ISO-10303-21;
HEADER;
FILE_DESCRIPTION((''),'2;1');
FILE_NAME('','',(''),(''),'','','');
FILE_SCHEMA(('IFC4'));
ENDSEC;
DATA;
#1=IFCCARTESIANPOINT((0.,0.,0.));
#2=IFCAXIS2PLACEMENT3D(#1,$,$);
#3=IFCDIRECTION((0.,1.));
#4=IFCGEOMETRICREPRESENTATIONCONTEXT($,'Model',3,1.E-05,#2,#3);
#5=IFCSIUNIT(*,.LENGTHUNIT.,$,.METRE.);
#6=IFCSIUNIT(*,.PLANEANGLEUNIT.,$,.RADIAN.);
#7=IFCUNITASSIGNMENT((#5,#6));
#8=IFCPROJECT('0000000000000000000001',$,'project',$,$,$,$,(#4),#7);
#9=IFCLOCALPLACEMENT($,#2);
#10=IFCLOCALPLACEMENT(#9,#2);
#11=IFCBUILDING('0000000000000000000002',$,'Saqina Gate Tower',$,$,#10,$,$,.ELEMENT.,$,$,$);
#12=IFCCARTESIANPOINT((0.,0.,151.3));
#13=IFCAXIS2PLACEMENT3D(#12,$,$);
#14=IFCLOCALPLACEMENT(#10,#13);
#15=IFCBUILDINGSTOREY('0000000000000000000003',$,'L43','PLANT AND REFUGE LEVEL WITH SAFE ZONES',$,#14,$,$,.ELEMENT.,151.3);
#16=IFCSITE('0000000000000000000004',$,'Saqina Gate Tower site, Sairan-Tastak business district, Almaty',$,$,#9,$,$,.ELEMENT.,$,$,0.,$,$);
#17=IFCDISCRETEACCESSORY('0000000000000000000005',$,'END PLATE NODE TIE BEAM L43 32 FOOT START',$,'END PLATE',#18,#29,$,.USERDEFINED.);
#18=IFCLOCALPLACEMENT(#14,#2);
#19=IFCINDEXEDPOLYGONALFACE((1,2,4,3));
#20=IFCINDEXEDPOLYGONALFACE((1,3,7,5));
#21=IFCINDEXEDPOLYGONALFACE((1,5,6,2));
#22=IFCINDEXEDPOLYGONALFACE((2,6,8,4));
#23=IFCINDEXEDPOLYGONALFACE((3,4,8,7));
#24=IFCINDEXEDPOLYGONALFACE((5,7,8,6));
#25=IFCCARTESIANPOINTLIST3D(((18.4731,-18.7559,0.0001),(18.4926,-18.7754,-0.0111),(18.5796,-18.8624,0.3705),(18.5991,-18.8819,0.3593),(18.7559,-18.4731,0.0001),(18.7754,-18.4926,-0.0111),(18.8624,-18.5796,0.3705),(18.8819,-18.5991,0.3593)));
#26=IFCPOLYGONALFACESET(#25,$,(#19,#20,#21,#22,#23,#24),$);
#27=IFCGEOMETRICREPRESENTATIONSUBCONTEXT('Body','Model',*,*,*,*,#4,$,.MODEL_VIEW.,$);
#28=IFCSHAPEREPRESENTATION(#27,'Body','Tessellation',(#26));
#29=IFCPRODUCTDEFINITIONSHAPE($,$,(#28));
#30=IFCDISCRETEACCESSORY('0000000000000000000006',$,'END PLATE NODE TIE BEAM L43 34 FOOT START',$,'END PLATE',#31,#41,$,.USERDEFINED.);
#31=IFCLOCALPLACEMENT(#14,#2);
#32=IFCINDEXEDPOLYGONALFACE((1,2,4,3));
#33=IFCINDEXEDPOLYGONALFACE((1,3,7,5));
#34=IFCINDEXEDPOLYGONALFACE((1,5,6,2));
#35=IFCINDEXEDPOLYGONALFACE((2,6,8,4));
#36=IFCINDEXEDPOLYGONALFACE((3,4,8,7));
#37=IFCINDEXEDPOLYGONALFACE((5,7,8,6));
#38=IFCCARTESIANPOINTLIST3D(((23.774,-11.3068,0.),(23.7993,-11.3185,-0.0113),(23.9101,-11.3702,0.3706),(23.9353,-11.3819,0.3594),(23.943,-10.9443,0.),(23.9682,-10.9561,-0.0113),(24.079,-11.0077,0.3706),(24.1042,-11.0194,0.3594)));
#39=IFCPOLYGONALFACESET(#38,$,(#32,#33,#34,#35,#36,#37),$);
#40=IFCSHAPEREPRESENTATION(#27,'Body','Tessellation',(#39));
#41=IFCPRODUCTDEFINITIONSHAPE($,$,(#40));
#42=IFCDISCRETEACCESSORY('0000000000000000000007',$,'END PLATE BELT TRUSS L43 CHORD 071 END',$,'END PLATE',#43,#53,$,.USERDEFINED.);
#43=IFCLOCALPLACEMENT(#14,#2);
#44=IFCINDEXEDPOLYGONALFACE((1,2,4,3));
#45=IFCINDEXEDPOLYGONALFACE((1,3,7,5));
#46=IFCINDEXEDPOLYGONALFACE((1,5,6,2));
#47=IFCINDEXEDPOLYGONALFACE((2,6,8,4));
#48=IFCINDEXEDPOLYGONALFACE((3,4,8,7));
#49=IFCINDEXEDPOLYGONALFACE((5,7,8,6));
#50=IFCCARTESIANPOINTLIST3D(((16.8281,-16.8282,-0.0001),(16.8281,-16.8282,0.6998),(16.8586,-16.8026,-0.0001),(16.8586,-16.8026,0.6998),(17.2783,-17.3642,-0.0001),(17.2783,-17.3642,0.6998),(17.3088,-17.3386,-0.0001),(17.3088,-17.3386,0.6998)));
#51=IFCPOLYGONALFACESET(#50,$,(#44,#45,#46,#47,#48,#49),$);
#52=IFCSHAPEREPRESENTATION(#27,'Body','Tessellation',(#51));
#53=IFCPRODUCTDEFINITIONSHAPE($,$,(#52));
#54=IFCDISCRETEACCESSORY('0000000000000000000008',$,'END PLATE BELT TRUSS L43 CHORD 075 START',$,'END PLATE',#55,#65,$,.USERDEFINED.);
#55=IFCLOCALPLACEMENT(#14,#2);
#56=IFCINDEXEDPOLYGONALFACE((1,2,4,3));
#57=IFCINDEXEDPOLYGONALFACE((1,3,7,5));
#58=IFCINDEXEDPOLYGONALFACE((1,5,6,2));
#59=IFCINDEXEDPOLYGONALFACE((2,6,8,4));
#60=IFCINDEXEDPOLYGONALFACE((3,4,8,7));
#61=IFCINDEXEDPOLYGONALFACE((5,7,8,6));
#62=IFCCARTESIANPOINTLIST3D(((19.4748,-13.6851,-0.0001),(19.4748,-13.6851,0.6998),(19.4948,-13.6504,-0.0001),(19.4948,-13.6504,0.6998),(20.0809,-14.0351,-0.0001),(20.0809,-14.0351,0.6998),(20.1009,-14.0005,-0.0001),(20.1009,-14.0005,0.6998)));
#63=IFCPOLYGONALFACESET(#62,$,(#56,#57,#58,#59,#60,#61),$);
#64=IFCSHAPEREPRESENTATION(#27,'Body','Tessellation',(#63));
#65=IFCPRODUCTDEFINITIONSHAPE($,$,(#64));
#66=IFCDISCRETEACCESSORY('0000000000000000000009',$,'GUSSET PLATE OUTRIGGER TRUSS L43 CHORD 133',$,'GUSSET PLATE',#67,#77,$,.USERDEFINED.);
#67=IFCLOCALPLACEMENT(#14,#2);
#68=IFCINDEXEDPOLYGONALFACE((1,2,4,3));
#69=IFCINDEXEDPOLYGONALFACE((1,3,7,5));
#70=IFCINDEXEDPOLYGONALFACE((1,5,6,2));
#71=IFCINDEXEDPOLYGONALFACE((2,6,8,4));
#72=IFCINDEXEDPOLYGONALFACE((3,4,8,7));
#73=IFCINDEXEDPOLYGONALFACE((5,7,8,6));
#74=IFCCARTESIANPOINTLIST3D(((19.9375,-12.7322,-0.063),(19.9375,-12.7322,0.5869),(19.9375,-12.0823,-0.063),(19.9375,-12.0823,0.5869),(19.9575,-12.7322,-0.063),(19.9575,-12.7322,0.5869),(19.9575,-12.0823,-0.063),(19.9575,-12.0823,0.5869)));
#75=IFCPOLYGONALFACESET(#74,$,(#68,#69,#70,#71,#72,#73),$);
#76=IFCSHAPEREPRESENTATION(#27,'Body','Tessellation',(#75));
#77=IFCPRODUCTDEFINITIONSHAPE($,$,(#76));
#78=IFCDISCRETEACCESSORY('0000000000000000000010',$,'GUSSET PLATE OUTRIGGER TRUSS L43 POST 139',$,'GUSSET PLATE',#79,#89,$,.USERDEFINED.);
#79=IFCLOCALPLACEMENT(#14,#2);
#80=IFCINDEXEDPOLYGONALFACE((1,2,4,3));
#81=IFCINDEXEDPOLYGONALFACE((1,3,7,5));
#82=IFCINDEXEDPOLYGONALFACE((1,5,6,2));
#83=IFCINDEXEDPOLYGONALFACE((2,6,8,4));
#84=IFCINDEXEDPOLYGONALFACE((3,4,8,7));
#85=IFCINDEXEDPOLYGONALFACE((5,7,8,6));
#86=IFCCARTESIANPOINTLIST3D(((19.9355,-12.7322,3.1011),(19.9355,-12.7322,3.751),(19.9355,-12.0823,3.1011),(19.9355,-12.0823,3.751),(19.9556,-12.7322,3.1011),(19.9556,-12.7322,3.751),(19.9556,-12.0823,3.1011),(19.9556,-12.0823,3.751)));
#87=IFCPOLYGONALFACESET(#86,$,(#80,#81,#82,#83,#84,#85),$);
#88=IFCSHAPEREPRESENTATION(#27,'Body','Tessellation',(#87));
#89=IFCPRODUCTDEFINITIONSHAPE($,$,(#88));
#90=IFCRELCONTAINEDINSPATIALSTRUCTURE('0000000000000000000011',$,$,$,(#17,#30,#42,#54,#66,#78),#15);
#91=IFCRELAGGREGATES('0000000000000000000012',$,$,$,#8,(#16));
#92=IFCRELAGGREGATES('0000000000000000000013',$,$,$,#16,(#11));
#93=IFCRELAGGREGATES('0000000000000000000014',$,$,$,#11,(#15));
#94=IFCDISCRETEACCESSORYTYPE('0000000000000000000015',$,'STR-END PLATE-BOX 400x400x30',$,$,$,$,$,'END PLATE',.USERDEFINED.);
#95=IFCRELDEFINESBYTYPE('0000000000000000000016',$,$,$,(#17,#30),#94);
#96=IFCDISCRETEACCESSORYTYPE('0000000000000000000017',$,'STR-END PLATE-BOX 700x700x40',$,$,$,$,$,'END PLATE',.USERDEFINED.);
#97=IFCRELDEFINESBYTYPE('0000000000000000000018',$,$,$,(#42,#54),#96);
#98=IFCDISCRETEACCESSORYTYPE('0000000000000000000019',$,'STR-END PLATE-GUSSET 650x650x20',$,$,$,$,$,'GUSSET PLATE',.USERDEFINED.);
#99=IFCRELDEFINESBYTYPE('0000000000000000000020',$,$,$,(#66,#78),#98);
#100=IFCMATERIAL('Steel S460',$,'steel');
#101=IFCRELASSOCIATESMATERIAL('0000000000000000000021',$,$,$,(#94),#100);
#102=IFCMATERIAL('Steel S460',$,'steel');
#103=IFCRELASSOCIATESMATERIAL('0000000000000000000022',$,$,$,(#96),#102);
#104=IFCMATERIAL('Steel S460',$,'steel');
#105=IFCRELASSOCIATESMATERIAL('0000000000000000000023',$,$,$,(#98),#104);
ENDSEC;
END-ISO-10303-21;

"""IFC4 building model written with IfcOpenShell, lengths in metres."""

from ifc_helpers import new_model, si_unit, direction, frame, origin, origin_2d, place, context, subcontext, project, spatial, rectangle, extrude, material, material_profile, profile_set, type_object, element, save


model = new_model("IFC4")

# Units and contexts
model_context = context("Model", 3, precision=1e-05, world=origin(), true_north=direction((0.0, 1.0)))
body_context = subcontext(model_context, "Body", "Model", "MODEL_VIEW")
ifc_project = project(units=[si_unit("LENGTHUNIT", "METRE"), si_unit("PLANEANGLEUNIT", "RADIAN")], contexts=[model_context])

# Site, building, storey
site_placement = place(None, origin())
site = spatial("IfcSite", under=ifc_project, at=site_placement, Name="Saqina Gate Tower site, Sairan-Tastak business district, Almaty", CompositionType="ELEMENT", RefElevation=0.0)
building_placement = place(site_placement, origin())
building = spatial("IfcBuilding", under=site, at=building_placement, Name="Saqina Gate Tower", CompositionType="ELEMENT")
storey_placement = place(building_placement, frame((0.0, 0.0, 151.3)))
storey = spatial("IfcBuildingStorey", under=building, at=storey_placement, Name="L43", Description="PLANT AND REFUGE LEVEL WITH SAFE ZONES", CompositionType="ELEMENT", Elevation=151.3)

# Discrete accessories
ifc_material_1 = material(Name="Steel S460", Category="steel")
ifc_material_profile_1 = material_profile(ifc_material_1, rectangle(XDim=0.3999, YDim=0.3999, at=origin_2d()), Name="STR-END PLATE-BOX 400x400x30")
ifc_profile_set_1 = profile_set([ifc_material_profile_1], Name="Steel S460")
discrete_accessory_type_1 = type_object("IfcDiscreteAccessoryType", Name="STR-END PLATE-BOX 400x400x30", ElementType="END PLATE", PredefinedType="USERDEFINED", material=ifc_profile_set_1)
discrete_accessory_1_placement = place(storey_placement, frame((18.6677, -18.6677, 0.1853), z_axis=(0.655034, -0.655034, -0.376645), x_axis=(-0.707107, -0.707107, 0.0)))
element("IfcDiscreteAccessory", 1, at=discrete_accessory_1_placement, inside=storey, type_object=discrete_accessory_type_1, Name="END PLATE NODE TIE BEAM L43 32 FOOT START", ObjectType="END PLATE", PredefinedType="USERDEFINED", context=body_context, shape_type="SweptSolid", body=[
    extrude(rectangle(XDim=0.3999, YDim=0.3999, at=origin_2d()), origin(), (0.0, 0.0, 1.0), 0.0298),
])
discrete_accessory_2_placement = place(storey_placement, frame((23.9265, -11.1572, 0.1853), z_axis=(0.84018, -0.39154, -0.375226), x_axis=(-0.422404, -0.906408, -0.000001)))
element("IfcDiscreteAccessory", 2, at=discrete_accessory_2_placement, inside=storey, type_object=discrete_accessory_type_1, Name="END PLATE NODE TIE BEAM L43 34 FOOT START", ObjectType="END PLATE", PredefinedType="USERDEFINED", context=body_context, shape_type="SweptSolid", body=[
    extrude(rectangle(XDim=0.3999, YDim=0.3999, at=origin_2d()), origin(), (0.0, 0.0, 1.0), 0.03),
])
ifc_material_2 = material(Name="Steel S460", Category="steel")
ifc_material_profile_2 = material_profile(ifc_material_2, rectangle(XDim=0.7, YDim=0.7, at=origin_2d()), Name="STR-END PLATE-BOX 700x700x40")
ifc_profile_set_2 = profile_set([ifc_material_profile_2], Name="Steel S460")
discrete_accessory_type_2 = type_object("IfcDiscreteAccessoryType", Name="STR-END PLATE-BOX 700x700x40", ElementType="END PLATE", PredefinedType="USERDEFINED", material=ifc_profile_set_2)
discrete_accessory_3_placement = place(storey_placement, frame((17.0532, -17.0962, 0.3499), z_axis=(0.765705, 0.643192, 0.0), x_axis=(-0.643192, 0.765705, 0.0)))
element("IfcDiscreteAccessory", 3, at=discrete_accessory_3_placement, inside=storey, type_object=discrete_accessory_type_2, Name="END PLATE BELT TRUSS L43 CHORD 071 END", ObjectType="END PLATE", PredefinedType="USERDEFINED", context=body_context, shape_type="SweptSolid", body=[
    extrude(rectangle(XDim=0.7, YDim=0.7, at=origin_2d()), origin(), (0.0, 0.0, 1.0), 0.0398),
])
discrete_accessory_4_placement = place(storey_placement, frame((19.7979, -13.8254, 0.3499), z_axis=(-0.500074, -0.865982, 0.0), x_axis=(-0.865982, 0.500074, 0.0)))
element("IfcDiscreteAccessory", 4, at=discrete_accessory_4_placement, inside=storey, type_object=discrete_accessory_type_2, Name="END PLATE BELT TRUSS L43 CHORD 075 START", ObjectType="END PLATE", PredefinedType="USERDEFINED", context=body_context, shape_type="SweptSolid", body=[
    extrude(rectangle(XDim=0.7, YDim=0.7, at=origin_2d()), origin(), (0.0, 0.0, 1.0), 0.04),
])
ifc_material_3 = material(Name="Steel S460", Category="steel")
ifc_material_profile_3 = material_profile(ifc_material_3, rectangle(XDim=0.6499, YDim=0.6499, at=origin_2d()), Name="STR-END PLATE-GUSSET 650x650x20")
ifc_profile_set_3 = profile_set([ifc_material_profile_3], Name="Steel S460")
discrete_accessory_type_3 = type_object("IfcDiscreteAccessoryType", Name="STR-END PLATE-GUSSET 650x650x20", ElementType="GUSSET PLATE", PredefinedType="USERDEFINED", material=ifc_profile_set_3)
for number, where, z_axis, x_axis, name in (
    (5, (19.9375, -12.4072, 0.262), (1.0, 0.0, 0.0), (0.0, 1.0, 0.0), "GUSSET PLATE OUTRIGGER TRUSS L43 CHORD 133"),
    (6, (19.9355, -12.4072, 3.426), (1.0, 0.0, 0.0), (0.0, 1.0, 0.0), "GUSSET PLATE OUTRIGGER TRUSS L43 POST 139"),
):
    element("IfcDiscreteAccessory", number, at=place(storey_placement, frame(where, z_axis=z_axis, x_axis=x_axis)), inside=storey, type_object=discrete_accessory_type_3, Name=name, ObjectType="GUSSET PLATE", PredefinedType="USERDEFINED", context=body_context, shape_type="SweptSolid", body=[
        extrude(rectangle(XDim=0.6499, YDim=0.6499, at=origin_2d()), origin(), (0.0, 0.0, 1.0), 0.02),
    ])

save(model, "model.ifc")
